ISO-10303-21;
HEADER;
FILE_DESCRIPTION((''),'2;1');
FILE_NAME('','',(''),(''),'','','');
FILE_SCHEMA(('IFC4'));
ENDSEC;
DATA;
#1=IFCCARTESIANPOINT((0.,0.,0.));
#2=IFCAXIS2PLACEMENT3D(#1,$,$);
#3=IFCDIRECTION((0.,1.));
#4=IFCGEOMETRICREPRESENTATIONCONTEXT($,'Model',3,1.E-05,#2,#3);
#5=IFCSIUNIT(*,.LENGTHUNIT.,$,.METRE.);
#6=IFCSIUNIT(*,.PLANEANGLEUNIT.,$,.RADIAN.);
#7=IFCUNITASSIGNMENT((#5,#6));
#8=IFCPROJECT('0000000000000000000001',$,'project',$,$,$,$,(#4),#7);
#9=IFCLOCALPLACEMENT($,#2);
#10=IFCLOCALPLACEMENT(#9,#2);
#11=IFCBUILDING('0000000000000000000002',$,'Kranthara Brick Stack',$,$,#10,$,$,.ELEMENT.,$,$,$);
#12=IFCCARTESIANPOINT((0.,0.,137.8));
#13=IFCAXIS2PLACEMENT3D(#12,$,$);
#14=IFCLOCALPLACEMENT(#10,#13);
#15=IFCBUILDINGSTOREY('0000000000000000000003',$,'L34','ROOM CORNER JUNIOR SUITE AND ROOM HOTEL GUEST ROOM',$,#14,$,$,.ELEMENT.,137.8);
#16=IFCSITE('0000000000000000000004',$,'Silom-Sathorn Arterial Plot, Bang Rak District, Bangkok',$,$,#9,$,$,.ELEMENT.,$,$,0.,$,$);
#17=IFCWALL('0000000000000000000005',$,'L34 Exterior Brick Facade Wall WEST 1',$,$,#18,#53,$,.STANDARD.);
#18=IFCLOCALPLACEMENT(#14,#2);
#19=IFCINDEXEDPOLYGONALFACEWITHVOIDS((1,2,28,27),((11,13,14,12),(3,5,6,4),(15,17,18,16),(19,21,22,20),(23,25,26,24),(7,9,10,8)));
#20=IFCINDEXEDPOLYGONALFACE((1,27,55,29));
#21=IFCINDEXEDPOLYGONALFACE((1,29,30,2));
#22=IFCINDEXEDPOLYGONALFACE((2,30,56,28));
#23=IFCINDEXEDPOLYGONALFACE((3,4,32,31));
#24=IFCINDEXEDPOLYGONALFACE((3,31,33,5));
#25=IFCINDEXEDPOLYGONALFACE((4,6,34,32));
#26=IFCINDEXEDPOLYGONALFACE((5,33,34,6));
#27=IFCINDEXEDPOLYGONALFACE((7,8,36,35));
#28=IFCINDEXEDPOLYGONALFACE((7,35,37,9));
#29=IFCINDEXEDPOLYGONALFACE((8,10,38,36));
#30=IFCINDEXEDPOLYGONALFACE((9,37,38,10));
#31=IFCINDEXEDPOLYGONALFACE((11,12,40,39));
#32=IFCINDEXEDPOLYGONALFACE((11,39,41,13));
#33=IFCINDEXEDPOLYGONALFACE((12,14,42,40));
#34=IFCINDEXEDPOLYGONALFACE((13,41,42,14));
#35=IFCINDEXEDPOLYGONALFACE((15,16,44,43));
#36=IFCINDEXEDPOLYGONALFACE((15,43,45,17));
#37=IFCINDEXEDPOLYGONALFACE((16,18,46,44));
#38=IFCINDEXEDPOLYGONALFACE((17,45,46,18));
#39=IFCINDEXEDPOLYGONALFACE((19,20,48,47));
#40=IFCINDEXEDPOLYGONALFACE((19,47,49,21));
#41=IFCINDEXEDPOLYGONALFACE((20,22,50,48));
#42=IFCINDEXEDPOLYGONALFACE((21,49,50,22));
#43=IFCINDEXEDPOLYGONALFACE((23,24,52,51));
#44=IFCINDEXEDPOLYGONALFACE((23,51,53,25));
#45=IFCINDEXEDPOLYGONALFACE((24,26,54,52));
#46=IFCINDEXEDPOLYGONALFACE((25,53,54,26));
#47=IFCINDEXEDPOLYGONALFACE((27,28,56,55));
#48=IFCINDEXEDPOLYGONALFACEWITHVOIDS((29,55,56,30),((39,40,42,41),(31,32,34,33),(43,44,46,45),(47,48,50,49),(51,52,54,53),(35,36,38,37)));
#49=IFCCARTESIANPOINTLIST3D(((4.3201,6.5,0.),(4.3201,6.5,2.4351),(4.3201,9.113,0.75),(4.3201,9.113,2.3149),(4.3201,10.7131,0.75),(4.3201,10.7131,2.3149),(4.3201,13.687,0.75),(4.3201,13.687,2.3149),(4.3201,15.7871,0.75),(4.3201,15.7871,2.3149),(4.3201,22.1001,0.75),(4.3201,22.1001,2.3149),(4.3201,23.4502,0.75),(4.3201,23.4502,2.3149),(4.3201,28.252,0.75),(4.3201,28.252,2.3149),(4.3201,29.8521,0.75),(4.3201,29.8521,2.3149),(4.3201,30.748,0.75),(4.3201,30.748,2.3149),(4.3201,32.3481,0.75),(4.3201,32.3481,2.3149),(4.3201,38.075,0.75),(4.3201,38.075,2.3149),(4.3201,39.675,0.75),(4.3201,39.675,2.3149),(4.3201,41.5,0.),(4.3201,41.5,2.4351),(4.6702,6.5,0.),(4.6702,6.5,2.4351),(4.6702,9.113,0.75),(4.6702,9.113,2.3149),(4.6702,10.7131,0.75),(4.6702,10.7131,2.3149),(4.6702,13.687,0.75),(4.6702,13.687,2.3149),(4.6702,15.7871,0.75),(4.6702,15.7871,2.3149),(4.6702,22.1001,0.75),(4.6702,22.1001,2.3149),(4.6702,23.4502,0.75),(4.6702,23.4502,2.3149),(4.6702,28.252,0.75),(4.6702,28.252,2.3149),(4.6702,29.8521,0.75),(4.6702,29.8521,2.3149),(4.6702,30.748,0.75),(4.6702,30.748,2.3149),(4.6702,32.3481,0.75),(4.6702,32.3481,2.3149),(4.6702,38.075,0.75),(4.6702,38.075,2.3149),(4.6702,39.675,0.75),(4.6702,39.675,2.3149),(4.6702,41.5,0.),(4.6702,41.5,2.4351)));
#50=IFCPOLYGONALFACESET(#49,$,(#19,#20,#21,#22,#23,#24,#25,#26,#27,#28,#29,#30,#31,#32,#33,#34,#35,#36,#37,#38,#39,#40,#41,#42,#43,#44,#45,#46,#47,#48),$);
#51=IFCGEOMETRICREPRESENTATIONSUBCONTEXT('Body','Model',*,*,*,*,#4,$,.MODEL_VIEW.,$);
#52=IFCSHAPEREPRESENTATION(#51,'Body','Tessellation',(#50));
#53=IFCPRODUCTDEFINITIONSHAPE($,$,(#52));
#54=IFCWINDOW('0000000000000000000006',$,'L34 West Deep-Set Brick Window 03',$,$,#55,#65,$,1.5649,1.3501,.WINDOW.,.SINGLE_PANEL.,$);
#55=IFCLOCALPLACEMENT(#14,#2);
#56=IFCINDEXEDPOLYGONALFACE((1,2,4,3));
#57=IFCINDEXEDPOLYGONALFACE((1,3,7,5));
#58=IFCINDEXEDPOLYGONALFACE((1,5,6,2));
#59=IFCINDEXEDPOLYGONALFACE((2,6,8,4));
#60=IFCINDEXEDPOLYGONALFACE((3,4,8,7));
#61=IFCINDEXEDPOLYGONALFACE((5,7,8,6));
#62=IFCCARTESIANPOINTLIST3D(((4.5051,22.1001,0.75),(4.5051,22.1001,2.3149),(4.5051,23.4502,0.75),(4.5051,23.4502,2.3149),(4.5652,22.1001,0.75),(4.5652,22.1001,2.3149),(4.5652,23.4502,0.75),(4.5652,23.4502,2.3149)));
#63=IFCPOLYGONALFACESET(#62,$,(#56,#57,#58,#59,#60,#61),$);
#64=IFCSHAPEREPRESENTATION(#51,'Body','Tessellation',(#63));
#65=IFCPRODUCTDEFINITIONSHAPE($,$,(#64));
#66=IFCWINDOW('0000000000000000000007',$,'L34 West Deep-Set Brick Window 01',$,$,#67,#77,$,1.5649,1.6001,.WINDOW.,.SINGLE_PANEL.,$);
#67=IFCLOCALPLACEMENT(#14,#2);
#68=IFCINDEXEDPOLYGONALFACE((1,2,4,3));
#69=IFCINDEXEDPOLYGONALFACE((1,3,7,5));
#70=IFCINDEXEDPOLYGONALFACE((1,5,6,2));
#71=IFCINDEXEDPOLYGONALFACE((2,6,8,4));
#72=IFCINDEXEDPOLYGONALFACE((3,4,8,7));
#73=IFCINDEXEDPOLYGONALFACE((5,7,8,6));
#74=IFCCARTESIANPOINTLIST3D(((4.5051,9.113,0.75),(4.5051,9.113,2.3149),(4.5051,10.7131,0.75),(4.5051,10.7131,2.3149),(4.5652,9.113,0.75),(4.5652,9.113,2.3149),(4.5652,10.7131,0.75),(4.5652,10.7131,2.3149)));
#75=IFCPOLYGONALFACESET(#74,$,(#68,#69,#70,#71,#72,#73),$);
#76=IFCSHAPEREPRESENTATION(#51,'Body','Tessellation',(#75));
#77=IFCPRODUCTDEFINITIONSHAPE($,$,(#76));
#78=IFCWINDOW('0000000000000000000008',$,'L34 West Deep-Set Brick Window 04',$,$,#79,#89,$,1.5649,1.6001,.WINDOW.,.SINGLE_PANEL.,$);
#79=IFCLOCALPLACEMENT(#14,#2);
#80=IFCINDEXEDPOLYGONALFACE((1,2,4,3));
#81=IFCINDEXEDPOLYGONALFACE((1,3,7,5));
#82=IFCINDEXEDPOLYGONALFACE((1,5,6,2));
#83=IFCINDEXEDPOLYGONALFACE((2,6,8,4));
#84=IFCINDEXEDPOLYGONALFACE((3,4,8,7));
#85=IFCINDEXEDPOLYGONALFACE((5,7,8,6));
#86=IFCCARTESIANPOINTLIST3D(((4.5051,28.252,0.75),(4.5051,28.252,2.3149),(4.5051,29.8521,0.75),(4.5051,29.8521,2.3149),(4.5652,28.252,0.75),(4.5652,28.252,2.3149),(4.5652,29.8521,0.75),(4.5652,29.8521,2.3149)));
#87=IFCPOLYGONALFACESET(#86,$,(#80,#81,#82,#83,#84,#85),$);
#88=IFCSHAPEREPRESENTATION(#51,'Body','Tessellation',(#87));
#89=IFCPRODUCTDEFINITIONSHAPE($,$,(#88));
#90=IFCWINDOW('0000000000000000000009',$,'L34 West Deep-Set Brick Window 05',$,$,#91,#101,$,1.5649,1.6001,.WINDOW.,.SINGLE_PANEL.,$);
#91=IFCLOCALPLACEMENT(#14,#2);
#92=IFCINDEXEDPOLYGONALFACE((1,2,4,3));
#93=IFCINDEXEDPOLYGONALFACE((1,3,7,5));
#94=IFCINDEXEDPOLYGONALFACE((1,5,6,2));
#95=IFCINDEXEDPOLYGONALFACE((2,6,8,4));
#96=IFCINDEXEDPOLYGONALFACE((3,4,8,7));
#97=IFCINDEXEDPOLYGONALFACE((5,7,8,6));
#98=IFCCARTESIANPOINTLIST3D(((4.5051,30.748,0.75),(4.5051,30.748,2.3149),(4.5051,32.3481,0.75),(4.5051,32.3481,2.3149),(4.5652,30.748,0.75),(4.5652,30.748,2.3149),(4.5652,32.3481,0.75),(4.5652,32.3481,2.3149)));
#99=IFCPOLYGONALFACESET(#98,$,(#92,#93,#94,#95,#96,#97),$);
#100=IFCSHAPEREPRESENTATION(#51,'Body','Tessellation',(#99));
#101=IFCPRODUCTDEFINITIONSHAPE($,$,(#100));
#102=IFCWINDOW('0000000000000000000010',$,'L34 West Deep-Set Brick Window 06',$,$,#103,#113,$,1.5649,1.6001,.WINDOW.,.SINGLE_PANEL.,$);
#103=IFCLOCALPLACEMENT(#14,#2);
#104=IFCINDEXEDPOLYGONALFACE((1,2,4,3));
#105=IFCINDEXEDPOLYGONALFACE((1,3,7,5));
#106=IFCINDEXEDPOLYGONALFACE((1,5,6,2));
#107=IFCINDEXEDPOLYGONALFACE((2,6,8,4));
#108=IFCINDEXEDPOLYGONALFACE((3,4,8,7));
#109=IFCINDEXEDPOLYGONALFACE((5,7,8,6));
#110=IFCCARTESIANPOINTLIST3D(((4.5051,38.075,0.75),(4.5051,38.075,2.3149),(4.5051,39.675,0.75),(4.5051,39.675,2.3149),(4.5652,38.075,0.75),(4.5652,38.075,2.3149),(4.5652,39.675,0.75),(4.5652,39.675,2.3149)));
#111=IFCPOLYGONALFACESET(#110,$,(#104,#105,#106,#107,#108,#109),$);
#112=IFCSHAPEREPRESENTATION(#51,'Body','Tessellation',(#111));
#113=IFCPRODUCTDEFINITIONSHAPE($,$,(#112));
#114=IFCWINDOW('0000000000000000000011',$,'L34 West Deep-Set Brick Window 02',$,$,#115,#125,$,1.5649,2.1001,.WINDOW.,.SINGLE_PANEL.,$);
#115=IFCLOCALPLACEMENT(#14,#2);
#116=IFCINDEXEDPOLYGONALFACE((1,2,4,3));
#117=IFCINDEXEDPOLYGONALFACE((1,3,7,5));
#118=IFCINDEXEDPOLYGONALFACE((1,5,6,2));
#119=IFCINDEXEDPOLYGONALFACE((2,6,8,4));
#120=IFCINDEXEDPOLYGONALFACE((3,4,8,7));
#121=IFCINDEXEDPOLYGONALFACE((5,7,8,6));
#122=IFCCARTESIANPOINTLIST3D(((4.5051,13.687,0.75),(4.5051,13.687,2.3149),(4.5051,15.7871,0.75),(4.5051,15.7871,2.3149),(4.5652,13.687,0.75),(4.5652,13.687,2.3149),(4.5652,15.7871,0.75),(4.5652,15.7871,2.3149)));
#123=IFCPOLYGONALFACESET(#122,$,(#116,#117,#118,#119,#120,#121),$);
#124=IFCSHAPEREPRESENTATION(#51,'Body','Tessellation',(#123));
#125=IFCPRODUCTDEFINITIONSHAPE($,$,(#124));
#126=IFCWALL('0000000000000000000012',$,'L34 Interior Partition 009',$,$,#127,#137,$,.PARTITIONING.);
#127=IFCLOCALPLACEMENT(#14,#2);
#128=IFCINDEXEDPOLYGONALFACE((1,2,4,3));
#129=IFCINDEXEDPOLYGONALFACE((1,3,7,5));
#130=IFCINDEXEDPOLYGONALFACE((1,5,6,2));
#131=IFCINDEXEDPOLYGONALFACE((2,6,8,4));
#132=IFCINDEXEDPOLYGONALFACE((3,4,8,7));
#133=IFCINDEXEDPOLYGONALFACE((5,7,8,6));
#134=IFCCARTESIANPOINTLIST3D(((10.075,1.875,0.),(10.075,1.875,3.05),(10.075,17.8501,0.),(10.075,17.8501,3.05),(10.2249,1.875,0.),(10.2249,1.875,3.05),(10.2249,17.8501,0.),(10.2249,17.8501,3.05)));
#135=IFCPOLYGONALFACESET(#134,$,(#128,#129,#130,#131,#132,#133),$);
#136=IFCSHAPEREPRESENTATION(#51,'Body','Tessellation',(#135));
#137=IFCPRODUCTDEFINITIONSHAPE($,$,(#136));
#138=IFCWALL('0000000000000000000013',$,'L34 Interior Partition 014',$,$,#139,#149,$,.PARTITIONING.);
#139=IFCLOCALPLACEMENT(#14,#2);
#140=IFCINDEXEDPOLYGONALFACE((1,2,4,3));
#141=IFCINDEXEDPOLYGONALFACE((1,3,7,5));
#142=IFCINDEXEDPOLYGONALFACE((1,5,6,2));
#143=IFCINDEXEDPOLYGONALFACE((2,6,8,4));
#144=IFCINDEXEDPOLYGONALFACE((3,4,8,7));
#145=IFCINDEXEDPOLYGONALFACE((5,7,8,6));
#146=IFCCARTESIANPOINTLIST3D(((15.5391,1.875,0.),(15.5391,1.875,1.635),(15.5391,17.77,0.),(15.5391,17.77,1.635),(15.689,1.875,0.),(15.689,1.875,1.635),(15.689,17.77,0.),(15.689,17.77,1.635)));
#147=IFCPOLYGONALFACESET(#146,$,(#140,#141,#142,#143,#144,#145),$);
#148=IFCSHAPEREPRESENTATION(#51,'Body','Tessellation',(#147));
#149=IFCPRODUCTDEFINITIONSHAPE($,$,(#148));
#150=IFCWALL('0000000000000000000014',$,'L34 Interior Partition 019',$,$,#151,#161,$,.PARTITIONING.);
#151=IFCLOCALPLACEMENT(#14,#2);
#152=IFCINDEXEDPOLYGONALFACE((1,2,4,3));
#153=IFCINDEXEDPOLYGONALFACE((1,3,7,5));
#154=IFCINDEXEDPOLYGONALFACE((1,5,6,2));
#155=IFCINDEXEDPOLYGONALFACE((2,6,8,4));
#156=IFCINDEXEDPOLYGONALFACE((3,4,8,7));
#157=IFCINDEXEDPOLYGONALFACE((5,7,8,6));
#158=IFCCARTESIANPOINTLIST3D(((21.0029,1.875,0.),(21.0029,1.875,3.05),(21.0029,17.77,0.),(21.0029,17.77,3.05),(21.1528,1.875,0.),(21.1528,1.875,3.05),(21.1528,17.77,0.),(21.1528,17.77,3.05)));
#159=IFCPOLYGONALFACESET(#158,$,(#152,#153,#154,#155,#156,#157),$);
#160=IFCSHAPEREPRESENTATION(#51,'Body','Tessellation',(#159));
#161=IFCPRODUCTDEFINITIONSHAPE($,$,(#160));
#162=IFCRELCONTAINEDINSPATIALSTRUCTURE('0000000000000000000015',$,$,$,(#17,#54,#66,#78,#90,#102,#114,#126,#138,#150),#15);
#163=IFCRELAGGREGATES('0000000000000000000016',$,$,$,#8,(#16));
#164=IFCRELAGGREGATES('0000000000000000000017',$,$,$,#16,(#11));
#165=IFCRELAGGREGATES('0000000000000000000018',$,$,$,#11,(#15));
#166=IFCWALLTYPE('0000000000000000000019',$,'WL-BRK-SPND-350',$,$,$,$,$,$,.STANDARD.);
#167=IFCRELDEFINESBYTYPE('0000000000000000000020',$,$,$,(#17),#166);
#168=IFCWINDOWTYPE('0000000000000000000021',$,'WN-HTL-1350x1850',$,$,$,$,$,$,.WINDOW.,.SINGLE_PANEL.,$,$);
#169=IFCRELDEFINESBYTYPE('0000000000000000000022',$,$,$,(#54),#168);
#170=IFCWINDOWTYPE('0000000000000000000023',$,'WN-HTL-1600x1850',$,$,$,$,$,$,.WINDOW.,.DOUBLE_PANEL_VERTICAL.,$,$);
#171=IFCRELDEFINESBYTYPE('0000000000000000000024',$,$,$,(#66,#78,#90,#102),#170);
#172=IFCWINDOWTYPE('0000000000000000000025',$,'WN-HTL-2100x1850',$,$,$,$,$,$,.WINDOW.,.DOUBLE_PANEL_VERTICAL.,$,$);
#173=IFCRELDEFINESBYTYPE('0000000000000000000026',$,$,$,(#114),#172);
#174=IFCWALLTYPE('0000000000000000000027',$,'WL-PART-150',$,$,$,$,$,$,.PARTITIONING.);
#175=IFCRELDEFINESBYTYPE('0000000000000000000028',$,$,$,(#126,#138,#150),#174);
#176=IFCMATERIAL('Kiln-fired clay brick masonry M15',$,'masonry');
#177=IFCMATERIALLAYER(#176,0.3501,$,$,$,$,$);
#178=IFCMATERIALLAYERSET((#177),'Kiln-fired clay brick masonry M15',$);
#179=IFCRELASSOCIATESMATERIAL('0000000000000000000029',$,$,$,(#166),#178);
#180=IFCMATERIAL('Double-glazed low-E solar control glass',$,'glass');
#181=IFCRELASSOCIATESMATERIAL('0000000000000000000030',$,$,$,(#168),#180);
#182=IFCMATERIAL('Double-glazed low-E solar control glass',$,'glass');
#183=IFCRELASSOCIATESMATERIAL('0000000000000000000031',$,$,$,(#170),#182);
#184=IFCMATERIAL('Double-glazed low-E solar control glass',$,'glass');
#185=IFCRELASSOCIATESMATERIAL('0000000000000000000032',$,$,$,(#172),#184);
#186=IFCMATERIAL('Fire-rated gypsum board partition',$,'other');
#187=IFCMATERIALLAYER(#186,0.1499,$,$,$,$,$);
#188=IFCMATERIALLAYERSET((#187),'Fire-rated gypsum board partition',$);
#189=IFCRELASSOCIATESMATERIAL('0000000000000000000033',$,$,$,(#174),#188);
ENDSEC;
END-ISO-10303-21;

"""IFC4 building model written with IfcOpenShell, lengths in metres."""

from ifc_helpers import new_model, si_unit, direction, frame, frame_2d, origin, place, context, subcontext, project, spatial, rectangle, extrude, material, layer, layer_set, type_object, element, fill, save


model = new_model("IFC4")

# Units and contexts
model_context = context("Model", 3, precision=1e-05, world=origin(), true_north=direction((0.0, 1.0)))
body_context = subcontext(model_context, "Body", "Model", "MODEL_VIEW")
ifc_project = project(units=[si_unit("LENGTHUNIT", "METRE"), si_unit("PLANEANGLEUNIT", "RADIAN")], contexts=[model_context])

# Site, building, storey
site_placement = place(None, origin())
site = spatial("IfcSite", under=ifc_project, at=site_placement, Name="Silom-Sathorn Arterial Plot, Bang Rak District, Bangkok", CompositionType="ELEMENT", RefElevation=0.0)
building_placement = place(site_placement, origin())
building = spatial("IfcBuilding", under=site, at=building_placement, Name="Kranthara Brick Stack", CompositionType="ELEMENT")
storey_placement = place(building_placement, frame((0.0, 0.0, 137.8)))
storey = spatial("IfcBuildingStorey", under=building, at=storey_placement, Name="L34", Description="ROOM CORNER JUNIOR SUITE AND ROOM HOTEL GUEST ROOM", CompositionType="ELEMENT", Elevation=137.8)

# Shared definitions
ifc_material_1 = material(Name="Kiln-fired clay brick masonry M15", Category="masonry")
ifc_layer_1 = layer(ifc_material_1, 0.3501)
ifc_layer_set_1 = layer_set([ifc_layer_1], Name="Kiln-fired clay brick masonry M15")
wall_type_1 = type_object("IfcWallType", Name="WL-BRK-SPND-350", PredefinedType="STANDARD", material=ifc_layer_set_1)

# Wall, openings, windows
wall_1_placement = place(storey_placement, frame((4.4951, 6.5, 0.0), z_axis=(0.0, 0.0, 1.0), x_axis=(0.0, 1.0, 0.0)))
wall_1 = element("IfcWall", 1, at=wall_1_placement, inside=storey, type_object=wall_type_1, Name="L34 Exterior Brick Facade Wall WEST 1", PredefinedType="STANDARD", context=body_context, shape_type="SweptSolid", body=[
    extrude(rectangle(XDim=35.0, YDim=0.3501, at=frame_2d((17.5, 0.0))), origin(), (0.0, 0.0, 1.0), 2.4351),
])
opening_1_placement = place(wall_1_placement, frame((2.613, 0.0, 0.75)))
opening_1 = element("IfcOpeningElement", 2, at=opening_1_placement, cuts=wall_1, PredefinedType="OPENING", context=body_context, shape_type="SweptSolid", body=[
    extrude(rectangle(XDim=1.6001, YDim=1.5649, at=frame_2d((0.8, 0.7825))), frame((0.0, 0.1851, 0.0), z_axis=(0.0, -1.0, 0.0), x_axis=(1.0, 0.0, 0.0)), (0.0, 0.0, 1.0), 0.3701),
])
opening_2_placement = place(wall_1_placement, frame((7.187, 0.0, 0.75)))
opening_2 = element("IfcOpeningElement", 3, at=opening_2_placement, cuts=wall_1, PredefinedType="OPENING", context=body_context, shape_type="SweptSolid", body=[
    extrude(rectangle(XDim=2.1001, YDim=1.5649, at=frame_2d((1.05, 0.7825))), frame((0.0, 0.1851, 0.0), z_axis=(0.0, -1.0, 0.0), x_axis=(1.0, 0.0, 0.0)), (0.0, 0.0, 1.0), 0.3701),
])
opening_3_placement = place(wall_1_placement, frame((15.6001, 0.0, 0.75)))
opening_3 = element("IfcOpeningElement", 4, at=opening_3_placement, cuts=wall_1, PredefinedType="OPENING", context=body_context, shape_type="SweptSolid", body=[
    extrude(rectangle(XDim=1.3501, YDim=1.5649, at=frame_2d((0.675, 0.7825))), frame((0.0, 0.1851, 0.0), z_axis=(0.0, -1.0, 0.0), x_axis=(1.0, 0.0, 0.0)), (0.0, 0.0, 1.0), 0.3701),
])
opening_4_placement = place(wall_1_placement, frame((21.752, 0.0, 0.75)))
opening_4 = element("IfcOpeningElement", 5, at=opening_4_placement, cuts=wall_1, PredefinedType="OPENING", context=body_context, shape_type="SweptSolid", body=[
    extrude(rectangle(XDim=1.6001, YDim=1.5649, at=frame_2d((0.8, 0.7825))), frame((0.0, 0.1851, 0.0), z_axis=(0.0, -1.0, 0.0), x_axis=(1.0, 0.0, 0.0)), (0.0, 0.0, 1.0), 0.3701),
])
opening_5_placement = place(wall_1_placement, frame((24.248, 0.0, 0.75)))
opening_5 = element("IfcOpeningElement", 6, at=opening_5_placement, cuts=wall_1, PredefinedType="OPENING", context=body_context, shape_type="SweptSolid", body=[
    extrude(rectangle(XDim=1.6001, YDim=1.5649, at=frame_2d((0.8, 0.7825))), frame((0.0, 0.1851, 0.0), z_axis=(0.0, -1.0, 0.0), x_axis=(1.0, 0.0, 0.0)), (0.0, 0.0, 1.0), 0.3701),
])
opening_6_placement = place(wall_1_placement, frame((31.575, 0.0, 0.75)))
opening_6 = element("IfcOpeningElement", 7, at=opening_6_placement, cuts=wall_1, PredefinedType="OPENING", context=body_context, shape_type="SweptSolid", body=[
    extrude(rectangle(XDim=1.6001, YDim=1.5649, at=frame_2d((0.8, 0.7825))), frame((0.0, 0.1851, 0.0), z_axis=(0.0, -1.0, 0.0), x_axis=(1.0, 0.0, 0.0)), (0.0, 0.0, 1.0), 0.3701),
])
ifc_material_2 = material(Name="Double-glazed low-E solar control glass", Category="glass")
window_type_1 = type_object("IfcWindowType", Name="WN-HTL-1350x1850", PartitioningType="SINGLE_PANEL", PredefinedType="WINDOW", material=ifc_material_2)
window_1_placement = place(opening_3_placement, origin())
window_1 = element("IfcWindow", 8, at=window_1_placement, inside=storey, type_object=window_type_1, Name="L34 West Deep-Set Brick Window 03", OverallHeight=1.5649, OverallWidth=1.3501, PartitioningType="SINGLE_PANEL", PredefinedType="WINDOW", context=body_context, shape_type="SweptSolid", body=[
    extrude(rectangle(XDim=1.3501, YDim=1.5649, at=frame_2d((0.675, 0.7825))), frame((0.0, -0.01, 0.0), z_axis=(0.0, -1.0, 0.0), x_axis=(1.0, 0.0, 0.0)), (0.0, 0.0, 1.0), 0.0601),
])
fill(opening_3, window_1)
ifc_material_3 = material(Name="Double-glazed low-E solar control glass", Category="glass")
window_type_2 = type_object("IfcWindowType", Name="WN-HTL-1600x1850", PartitioningType="DOUBLE_PANEL_VERTICAL", PredefinedType="WINDOW", material=ifc_material_3)
window_2_placement = place(opening_1_placement, origin())
window_2 = element("IfcWindow", 9, at=window_2_placement, inside=storey, type_object=window_type_2, Name="L34 West Deep-Set Brick Window 01", OverallHeight=1.5649, OverallWidth=1.6001, PartitioningType="SINGLE_PANEL", PredefinedType="WINDOW", context=body_context, shape_type="SweptSolid", body=[
    extrude(rectangle(XDim=1.6001, YDim=1.5649, at=frame_2d((0.8, 0.7825))), frame((0.0, -0.01, 0.0), z_axis=(0.0, -1.0, 0.0), x_axis=(1.0, 0.0, 0.0)), (0.0, 0.0, 1.0), 0.0601),
])
fill(opening_1, window_2)
window_3_placement = place(opening_4_placement, origin())
window_3 = element("IfcWindow", 10, at=window_3_placement, inside=storey, type_object=window_type_2, Name="L34 West Deep-Set Brick Window 04", OverallHeight=1.5649, OverallWidth=1.6001, PartitioningType="SINGLE_PANEL", PredefinedType="WINDOW", context=body_context, shape_type="SweptSolid", body=[
    extrude(rectangle(XDim=1.6001, YDim=1.5649, at=frame_2d((0.8, 0.7825))), frame((0.0, -0.01, 0.0), z_axis=(0.0, -1.0, 0.0), x_axis=(1.0, 0.0, 0.0)), (0.0, 0.0, 1.0), 0.0601),
])
fill(opening_4, window_3)
window_4_placement = place(opening_5_placement, origin())
window_4 = element("IfcWindow", 11, at=window_4_placement, inside=storey, type_object=window_type_2, Name="L34 West Deep-Set Brick Window 05", OverallHeight=1.5649, OverallWidth=1.6001, PartitioningType="SINGLE_PANEL", PredefinedType="WINDOW", context=body_context, shape_type="SweptSolid", body=[
    extrude(rectangle(XDim=1.6001, YDim=1.5649, at=frame_2d((0.8, 0.7825))), frame((0.0, -0.01, 0.0), z_axis=(0.0, -1.0, 0.0), x_axis=(1.0, 0.0, 0.0)), (0.0, 0.0, 1.0), 0.0601),
])
fill(opening_5, window_4)
window_5_placement = place(opening_6_placement, origin())
window_5 = element("IfcWindow", 12, at=window_5_placement, inside=storey, type_object=window_type_2, Name="L34 West Deep-Set Brick Window 06", OverallHeight=1.5649, OverallWidth=1.6001, PartitioningType="SINGLE_PANEL", PredefinedType="WINDOW", context=body_context, shape_type="SweptSolid", body=[
    extrude(rectangle(XDim=1.6001, YDim=1.5649, at=frame_2d((0.8, 0.7825))), frame((0.0, -0.01, 0.0), z_axis=(0.0, -1.0, 0.0), x_axis=(1.0, 0.0, 0.0)), (0.0, 0.0, 1.0), 0.0601),
])
fill(opening_6, window_5)
ifc_material_4 = material(Name="Double-glazed low-E solar control glass", Category="glass")
window_type_3 = type_object("IfcWindowType", Name="WN-HTL-2100x1850", PartitioningType="DOUBLE_PANEL_VERTICAL", PredefinedType="WINDOW", material=ifc_material_4)
window_6_placement = place(opening_2_placement, origin())
window_6 = element("IfcWindow", 13, at=window_6_placement, inside=storey, type_object=window_type_3, Name="L34 West Deep-Set Brick Window 02", OverallHeight=1.5649, OverallWidth=2.1001, PartitioningType="SINGLE_PANEL", PredefinedType="WINDOW", context=body_context, shape_type="SweptSolid", body=[
    extrude(rectangle(XDim=2.1001, YDim=1.5649, at=frame_2d((1.05, 0.7825))), frame((0.0, -0.01, 0.0), z_axis=(0.0, -1.0, 0.0), x_axis=(1.0, 0.0, 0.0)), (0.0, 0.0, 1.0), 0.0601),
])
fill(opening_2, window_6)

# Walls
ifc_material_5 = material(Name="Fire-rated gypsum board partition", Category="other")
ifc_layer_2 = layer(ifc_material_5, 0.1499)
ifc_layer_set_2 = layer_set([ifc_layer_2], Name="Fire-rated gypsum board partition")
wall_type_2 = type_object("IfcWallType", Name="WL-PART-150", PredefinedType="PARTITIONING", material=ifc_layer_set_2)
wall_2_placement = place(storey_placement, frame((10.1499, 1.875, 0.0), z_axis=(0.0, 0.0, 1.0), x_axis=(0.0, 1.0, 0.0)))
element("IfcWall", 14, at=wall_2_placement, inside=storey, type_object=wall_type_2, Name="L34 Interior Partition 009", PredefinedType="PARTITIONING", context=body_context, shape_type="SweptSolid", body=[
    extrude(rectangle(XDim=15.9751, YDim=0.1499, at=frame_2d((7.9875, 0.0))), origin(), (0.0, 0.0, 1.0), 3.05),
])
wall_3_placement = place(storey_placement, frame((15.614, 1.875, 0.0), z_axis=(0.0, 0.0, 1.0), x_axis=(0.0, 1.0, 0.0)))
element("IfcWall", 15, at=wall_3_placement, inside=storey, type_object=wall_type_2, Name="L34 Interior Partition 014", PredefinedType="PARTITIONING", context=body_context, shape_type="SweptSolid", body=[
    extrude(rectangle(XDim=15.895, YDim=0.1499, at=frame_2d((7.9475, 0.0))), origin(), (0.0, 0.0, 1.0), 1.635),
])
wall_4_placement = place(storey_placement, frame((21.0779, 1.875, 0.0), z_axis=(0.0, 0.0, 1.0), x_axis=(0.0, 1.0, 0.0)))
element("IfcWall", 16, at=wall_4_placement, inside=storey, type_object=wall_type_2, Name="L34 Interior Partition 019", PredefinedType="PARTITIONING", context=body_context, shape_type="SweptSolid", body=[
    extrude(rectangle(XDim=15.895, YDim=0.1499, at=frame_2d((7.9475, 0.0))), origin(), (0.0, 0.0, 1.0), 3.05),
])

save(model, "model.ifc")
